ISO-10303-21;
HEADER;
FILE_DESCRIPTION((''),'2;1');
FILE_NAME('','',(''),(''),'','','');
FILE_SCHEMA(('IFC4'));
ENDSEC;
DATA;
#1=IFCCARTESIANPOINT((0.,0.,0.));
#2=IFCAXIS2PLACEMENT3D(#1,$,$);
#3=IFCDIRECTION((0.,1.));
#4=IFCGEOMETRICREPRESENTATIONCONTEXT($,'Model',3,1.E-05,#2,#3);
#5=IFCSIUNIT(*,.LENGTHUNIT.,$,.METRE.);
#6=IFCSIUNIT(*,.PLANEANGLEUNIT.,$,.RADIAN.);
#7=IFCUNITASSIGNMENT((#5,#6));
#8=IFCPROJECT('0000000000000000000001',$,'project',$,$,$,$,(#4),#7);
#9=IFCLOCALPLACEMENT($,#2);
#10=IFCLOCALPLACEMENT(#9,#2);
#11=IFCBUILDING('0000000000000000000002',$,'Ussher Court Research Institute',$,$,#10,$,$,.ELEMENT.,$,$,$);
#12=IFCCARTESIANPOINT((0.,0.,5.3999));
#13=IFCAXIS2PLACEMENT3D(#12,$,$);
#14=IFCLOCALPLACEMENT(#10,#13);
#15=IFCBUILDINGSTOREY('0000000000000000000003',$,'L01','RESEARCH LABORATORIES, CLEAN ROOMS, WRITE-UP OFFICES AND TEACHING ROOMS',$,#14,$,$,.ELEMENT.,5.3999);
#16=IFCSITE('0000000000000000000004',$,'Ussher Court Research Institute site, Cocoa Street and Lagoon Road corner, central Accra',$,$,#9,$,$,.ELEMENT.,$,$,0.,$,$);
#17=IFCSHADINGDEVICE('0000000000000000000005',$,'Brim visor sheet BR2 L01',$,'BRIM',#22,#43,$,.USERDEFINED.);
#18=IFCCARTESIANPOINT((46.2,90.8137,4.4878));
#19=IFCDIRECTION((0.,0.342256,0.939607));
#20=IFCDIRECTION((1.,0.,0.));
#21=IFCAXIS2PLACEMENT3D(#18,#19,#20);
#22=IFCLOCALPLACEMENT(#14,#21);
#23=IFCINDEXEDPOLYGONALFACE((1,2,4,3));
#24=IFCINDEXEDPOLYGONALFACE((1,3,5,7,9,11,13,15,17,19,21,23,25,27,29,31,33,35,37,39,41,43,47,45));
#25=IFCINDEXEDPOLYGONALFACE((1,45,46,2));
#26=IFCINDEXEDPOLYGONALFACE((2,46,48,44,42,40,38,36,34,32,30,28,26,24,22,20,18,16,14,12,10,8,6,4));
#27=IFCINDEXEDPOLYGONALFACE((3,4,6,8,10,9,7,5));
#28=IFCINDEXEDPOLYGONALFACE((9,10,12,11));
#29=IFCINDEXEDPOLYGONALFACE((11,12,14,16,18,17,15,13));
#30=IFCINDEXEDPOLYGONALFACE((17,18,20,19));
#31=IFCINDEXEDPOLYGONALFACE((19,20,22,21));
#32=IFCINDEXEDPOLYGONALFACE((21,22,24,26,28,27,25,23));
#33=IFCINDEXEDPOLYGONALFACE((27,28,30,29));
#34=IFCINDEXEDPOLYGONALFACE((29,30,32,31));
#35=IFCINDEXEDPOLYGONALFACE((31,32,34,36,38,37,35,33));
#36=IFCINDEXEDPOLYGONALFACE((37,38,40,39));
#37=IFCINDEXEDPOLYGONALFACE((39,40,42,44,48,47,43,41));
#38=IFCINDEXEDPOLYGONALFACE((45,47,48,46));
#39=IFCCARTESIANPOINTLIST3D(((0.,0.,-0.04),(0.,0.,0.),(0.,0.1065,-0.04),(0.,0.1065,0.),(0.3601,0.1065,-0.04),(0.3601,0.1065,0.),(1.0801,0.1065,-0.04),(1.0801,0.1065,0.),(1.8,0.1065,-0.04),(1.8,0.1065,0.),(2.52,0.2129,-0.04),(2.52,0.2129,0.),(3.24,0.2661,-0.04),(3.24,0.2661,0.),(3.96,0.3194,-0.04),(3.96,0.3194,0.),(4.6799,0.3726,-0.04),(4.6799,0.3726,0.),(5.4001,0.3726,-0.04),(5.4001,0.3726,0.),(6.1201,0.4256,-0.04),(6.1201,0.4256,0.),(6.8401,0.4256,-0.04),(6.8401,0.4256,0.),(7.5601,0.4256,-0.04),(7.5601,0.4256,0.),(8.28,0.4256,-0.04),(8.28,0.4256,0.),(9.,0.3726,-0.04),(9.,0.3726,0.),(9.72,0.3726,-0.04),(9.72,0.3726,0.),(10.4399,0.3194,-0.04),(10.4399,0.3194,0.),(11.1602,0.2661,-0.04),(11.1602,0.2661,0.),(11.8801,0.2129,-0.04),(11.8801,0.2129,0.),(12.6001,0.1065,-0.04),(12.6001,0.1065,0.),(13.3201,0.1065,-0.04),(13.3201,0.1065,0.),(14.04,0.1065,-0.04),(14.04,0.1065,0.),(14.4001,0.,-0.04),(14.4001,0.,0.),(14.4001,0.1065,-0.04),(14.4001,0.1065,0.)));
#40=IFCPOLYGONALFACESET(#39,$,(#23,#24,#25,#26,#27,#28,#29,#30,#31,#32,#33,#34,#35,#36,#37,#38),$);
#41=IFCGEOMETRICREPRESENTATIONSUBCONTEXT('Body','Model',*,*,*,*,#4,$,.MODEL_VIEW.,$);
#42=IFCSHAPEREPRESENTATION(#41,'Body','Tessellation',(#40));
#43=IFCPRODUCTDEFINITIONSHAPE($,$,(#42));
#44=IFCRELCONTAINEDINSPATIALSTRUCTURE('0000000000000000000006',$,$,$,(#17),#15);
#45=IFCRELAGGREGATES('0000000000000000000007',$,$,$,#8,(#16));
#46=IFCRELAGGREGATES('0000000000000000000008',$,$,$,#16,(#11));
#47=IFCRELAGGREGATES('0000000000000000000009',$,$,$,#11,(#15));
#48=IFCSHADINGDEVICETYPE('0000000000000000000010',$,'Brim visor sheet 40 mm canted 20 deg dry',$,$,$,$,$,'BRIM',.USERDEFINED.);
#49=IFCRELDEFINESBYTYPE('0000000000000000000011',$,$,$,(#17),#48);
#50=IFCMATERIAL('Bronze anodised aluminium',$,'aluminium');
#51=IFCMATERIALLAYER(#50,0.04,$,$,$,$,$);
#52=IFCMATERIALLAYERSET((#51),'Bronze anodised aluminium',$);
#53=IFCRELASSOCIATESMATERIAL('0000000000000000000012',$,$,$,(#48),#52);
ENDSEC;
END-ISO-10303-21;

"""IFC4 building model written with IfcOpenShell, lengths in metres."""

from ifc_helpers import new_model, si_unit, direction, frame, origin, place, context, subcontext, project, spatial, polyline, outline, extrude, material, layer, layer_set, type_object, element, save


model = new_model("IFC4")

# Units and contexts
model_context = context("Model", 3, precision=1e-05, world=origin(), true_north=direction((0.0, 1.0)))
body_context = subcontext(model_context, "Body", "Model", "MODEL_VIEW")
ifc_project = project(units=[si_unit("LENGTHUNIT", "METRE"), si_unit("PLANEANGLEUNIT", "RADIAN")], contexts=[model_context])

# Site, building, storey
site_placement = place(None, origin())
site = spatial("IfcSite", under=ifc_project, at=site_placement, Name="Ussher Court Research Institute site, Cocoa Street and Lagoon Road corner, central Accra", CompositionType="ELEMENT", RefElevation=0.0)
building_placement = place(site_placement, origin())
building = spatial("IfcBuilding", under=site, at=building_placement, Name="Ussher Court Research Institute", CompositionType="ELEMENT")
storey_placement = place(building_placement, frame((0.0, 0.0, 5.3999)))
storey = spatial("IfcBuildingStorey", under=building, at=storey_placement, Name="L01", Description="RESEARCH LABORATORIES, CLEAN ROOMS, WRITE-UP OFFICES AND TEACHING ROOMS", CompositionType="ELEMENT", Elevation=5.3999)

# Shading device
ifc_material_1 = material(Name="Bronze anodised aluminium", Category="aluminium")
ifc_layer_1 = layer(ifc_material_1, 0.04)
ifc_layer_set_1 = layer_set([ifc_layer_1], Name="Bronze anodised aluminium")
shading_device_type_1 = type_object("IfcShadingDeviceType", Name="Brim visor sheet 40 mm canted 20 deg dry", ElementType="BRIM", PredefinedType="USERDEFINED", material=ifc_layer_set_1)
shading_device_placement = place(storey_placement, frame((46.2, 90.8137, 4.4878), z_axis=(0.0, 0.342256, 0.939607), x_axis=(1.0, 0.0, 0.0)))
element("IfcShadingDevice", 1, at=shading_device_placement, inside=storey, type_object=shading_device_type_1, Name="Brim visor sheet BR2 L01", ObjectType="BRIM", PredefinedType="USERDEFINED", context=body_context, shape_type="SweptSolid", body=[
    extrude(outline(polyline([(0.0, 0.0), (14.4001, 0.0), (14.4001, 0.1065), (14.04, 0.1065), (13.3201, 0.1065), (12.6001, 0.1065), (11.8801, 0.2129), (11.1602, 0.2661), (10.4399, 0.3194), (9.72, 0.3726), (9.0, 0.3726), (8.28, 0.4256), (7.5601, 0.4256), (6.8401, 0.4256), (6.1201, 0.4256), (5.4001, 0.3726), (4.6799, 0.3726), (3.96, 0.3194), (3.24, 0.2661), (2.52, 0.2129), (1.8, 0.1065), (1.0801, 0.1065), (0.3601, 0.1065), (0.0, 0.1065), (0.0, 0.0)])), origin(), (0.0, 0.0, -1.0), 0.04),
])

save(model, "model.ifc")
